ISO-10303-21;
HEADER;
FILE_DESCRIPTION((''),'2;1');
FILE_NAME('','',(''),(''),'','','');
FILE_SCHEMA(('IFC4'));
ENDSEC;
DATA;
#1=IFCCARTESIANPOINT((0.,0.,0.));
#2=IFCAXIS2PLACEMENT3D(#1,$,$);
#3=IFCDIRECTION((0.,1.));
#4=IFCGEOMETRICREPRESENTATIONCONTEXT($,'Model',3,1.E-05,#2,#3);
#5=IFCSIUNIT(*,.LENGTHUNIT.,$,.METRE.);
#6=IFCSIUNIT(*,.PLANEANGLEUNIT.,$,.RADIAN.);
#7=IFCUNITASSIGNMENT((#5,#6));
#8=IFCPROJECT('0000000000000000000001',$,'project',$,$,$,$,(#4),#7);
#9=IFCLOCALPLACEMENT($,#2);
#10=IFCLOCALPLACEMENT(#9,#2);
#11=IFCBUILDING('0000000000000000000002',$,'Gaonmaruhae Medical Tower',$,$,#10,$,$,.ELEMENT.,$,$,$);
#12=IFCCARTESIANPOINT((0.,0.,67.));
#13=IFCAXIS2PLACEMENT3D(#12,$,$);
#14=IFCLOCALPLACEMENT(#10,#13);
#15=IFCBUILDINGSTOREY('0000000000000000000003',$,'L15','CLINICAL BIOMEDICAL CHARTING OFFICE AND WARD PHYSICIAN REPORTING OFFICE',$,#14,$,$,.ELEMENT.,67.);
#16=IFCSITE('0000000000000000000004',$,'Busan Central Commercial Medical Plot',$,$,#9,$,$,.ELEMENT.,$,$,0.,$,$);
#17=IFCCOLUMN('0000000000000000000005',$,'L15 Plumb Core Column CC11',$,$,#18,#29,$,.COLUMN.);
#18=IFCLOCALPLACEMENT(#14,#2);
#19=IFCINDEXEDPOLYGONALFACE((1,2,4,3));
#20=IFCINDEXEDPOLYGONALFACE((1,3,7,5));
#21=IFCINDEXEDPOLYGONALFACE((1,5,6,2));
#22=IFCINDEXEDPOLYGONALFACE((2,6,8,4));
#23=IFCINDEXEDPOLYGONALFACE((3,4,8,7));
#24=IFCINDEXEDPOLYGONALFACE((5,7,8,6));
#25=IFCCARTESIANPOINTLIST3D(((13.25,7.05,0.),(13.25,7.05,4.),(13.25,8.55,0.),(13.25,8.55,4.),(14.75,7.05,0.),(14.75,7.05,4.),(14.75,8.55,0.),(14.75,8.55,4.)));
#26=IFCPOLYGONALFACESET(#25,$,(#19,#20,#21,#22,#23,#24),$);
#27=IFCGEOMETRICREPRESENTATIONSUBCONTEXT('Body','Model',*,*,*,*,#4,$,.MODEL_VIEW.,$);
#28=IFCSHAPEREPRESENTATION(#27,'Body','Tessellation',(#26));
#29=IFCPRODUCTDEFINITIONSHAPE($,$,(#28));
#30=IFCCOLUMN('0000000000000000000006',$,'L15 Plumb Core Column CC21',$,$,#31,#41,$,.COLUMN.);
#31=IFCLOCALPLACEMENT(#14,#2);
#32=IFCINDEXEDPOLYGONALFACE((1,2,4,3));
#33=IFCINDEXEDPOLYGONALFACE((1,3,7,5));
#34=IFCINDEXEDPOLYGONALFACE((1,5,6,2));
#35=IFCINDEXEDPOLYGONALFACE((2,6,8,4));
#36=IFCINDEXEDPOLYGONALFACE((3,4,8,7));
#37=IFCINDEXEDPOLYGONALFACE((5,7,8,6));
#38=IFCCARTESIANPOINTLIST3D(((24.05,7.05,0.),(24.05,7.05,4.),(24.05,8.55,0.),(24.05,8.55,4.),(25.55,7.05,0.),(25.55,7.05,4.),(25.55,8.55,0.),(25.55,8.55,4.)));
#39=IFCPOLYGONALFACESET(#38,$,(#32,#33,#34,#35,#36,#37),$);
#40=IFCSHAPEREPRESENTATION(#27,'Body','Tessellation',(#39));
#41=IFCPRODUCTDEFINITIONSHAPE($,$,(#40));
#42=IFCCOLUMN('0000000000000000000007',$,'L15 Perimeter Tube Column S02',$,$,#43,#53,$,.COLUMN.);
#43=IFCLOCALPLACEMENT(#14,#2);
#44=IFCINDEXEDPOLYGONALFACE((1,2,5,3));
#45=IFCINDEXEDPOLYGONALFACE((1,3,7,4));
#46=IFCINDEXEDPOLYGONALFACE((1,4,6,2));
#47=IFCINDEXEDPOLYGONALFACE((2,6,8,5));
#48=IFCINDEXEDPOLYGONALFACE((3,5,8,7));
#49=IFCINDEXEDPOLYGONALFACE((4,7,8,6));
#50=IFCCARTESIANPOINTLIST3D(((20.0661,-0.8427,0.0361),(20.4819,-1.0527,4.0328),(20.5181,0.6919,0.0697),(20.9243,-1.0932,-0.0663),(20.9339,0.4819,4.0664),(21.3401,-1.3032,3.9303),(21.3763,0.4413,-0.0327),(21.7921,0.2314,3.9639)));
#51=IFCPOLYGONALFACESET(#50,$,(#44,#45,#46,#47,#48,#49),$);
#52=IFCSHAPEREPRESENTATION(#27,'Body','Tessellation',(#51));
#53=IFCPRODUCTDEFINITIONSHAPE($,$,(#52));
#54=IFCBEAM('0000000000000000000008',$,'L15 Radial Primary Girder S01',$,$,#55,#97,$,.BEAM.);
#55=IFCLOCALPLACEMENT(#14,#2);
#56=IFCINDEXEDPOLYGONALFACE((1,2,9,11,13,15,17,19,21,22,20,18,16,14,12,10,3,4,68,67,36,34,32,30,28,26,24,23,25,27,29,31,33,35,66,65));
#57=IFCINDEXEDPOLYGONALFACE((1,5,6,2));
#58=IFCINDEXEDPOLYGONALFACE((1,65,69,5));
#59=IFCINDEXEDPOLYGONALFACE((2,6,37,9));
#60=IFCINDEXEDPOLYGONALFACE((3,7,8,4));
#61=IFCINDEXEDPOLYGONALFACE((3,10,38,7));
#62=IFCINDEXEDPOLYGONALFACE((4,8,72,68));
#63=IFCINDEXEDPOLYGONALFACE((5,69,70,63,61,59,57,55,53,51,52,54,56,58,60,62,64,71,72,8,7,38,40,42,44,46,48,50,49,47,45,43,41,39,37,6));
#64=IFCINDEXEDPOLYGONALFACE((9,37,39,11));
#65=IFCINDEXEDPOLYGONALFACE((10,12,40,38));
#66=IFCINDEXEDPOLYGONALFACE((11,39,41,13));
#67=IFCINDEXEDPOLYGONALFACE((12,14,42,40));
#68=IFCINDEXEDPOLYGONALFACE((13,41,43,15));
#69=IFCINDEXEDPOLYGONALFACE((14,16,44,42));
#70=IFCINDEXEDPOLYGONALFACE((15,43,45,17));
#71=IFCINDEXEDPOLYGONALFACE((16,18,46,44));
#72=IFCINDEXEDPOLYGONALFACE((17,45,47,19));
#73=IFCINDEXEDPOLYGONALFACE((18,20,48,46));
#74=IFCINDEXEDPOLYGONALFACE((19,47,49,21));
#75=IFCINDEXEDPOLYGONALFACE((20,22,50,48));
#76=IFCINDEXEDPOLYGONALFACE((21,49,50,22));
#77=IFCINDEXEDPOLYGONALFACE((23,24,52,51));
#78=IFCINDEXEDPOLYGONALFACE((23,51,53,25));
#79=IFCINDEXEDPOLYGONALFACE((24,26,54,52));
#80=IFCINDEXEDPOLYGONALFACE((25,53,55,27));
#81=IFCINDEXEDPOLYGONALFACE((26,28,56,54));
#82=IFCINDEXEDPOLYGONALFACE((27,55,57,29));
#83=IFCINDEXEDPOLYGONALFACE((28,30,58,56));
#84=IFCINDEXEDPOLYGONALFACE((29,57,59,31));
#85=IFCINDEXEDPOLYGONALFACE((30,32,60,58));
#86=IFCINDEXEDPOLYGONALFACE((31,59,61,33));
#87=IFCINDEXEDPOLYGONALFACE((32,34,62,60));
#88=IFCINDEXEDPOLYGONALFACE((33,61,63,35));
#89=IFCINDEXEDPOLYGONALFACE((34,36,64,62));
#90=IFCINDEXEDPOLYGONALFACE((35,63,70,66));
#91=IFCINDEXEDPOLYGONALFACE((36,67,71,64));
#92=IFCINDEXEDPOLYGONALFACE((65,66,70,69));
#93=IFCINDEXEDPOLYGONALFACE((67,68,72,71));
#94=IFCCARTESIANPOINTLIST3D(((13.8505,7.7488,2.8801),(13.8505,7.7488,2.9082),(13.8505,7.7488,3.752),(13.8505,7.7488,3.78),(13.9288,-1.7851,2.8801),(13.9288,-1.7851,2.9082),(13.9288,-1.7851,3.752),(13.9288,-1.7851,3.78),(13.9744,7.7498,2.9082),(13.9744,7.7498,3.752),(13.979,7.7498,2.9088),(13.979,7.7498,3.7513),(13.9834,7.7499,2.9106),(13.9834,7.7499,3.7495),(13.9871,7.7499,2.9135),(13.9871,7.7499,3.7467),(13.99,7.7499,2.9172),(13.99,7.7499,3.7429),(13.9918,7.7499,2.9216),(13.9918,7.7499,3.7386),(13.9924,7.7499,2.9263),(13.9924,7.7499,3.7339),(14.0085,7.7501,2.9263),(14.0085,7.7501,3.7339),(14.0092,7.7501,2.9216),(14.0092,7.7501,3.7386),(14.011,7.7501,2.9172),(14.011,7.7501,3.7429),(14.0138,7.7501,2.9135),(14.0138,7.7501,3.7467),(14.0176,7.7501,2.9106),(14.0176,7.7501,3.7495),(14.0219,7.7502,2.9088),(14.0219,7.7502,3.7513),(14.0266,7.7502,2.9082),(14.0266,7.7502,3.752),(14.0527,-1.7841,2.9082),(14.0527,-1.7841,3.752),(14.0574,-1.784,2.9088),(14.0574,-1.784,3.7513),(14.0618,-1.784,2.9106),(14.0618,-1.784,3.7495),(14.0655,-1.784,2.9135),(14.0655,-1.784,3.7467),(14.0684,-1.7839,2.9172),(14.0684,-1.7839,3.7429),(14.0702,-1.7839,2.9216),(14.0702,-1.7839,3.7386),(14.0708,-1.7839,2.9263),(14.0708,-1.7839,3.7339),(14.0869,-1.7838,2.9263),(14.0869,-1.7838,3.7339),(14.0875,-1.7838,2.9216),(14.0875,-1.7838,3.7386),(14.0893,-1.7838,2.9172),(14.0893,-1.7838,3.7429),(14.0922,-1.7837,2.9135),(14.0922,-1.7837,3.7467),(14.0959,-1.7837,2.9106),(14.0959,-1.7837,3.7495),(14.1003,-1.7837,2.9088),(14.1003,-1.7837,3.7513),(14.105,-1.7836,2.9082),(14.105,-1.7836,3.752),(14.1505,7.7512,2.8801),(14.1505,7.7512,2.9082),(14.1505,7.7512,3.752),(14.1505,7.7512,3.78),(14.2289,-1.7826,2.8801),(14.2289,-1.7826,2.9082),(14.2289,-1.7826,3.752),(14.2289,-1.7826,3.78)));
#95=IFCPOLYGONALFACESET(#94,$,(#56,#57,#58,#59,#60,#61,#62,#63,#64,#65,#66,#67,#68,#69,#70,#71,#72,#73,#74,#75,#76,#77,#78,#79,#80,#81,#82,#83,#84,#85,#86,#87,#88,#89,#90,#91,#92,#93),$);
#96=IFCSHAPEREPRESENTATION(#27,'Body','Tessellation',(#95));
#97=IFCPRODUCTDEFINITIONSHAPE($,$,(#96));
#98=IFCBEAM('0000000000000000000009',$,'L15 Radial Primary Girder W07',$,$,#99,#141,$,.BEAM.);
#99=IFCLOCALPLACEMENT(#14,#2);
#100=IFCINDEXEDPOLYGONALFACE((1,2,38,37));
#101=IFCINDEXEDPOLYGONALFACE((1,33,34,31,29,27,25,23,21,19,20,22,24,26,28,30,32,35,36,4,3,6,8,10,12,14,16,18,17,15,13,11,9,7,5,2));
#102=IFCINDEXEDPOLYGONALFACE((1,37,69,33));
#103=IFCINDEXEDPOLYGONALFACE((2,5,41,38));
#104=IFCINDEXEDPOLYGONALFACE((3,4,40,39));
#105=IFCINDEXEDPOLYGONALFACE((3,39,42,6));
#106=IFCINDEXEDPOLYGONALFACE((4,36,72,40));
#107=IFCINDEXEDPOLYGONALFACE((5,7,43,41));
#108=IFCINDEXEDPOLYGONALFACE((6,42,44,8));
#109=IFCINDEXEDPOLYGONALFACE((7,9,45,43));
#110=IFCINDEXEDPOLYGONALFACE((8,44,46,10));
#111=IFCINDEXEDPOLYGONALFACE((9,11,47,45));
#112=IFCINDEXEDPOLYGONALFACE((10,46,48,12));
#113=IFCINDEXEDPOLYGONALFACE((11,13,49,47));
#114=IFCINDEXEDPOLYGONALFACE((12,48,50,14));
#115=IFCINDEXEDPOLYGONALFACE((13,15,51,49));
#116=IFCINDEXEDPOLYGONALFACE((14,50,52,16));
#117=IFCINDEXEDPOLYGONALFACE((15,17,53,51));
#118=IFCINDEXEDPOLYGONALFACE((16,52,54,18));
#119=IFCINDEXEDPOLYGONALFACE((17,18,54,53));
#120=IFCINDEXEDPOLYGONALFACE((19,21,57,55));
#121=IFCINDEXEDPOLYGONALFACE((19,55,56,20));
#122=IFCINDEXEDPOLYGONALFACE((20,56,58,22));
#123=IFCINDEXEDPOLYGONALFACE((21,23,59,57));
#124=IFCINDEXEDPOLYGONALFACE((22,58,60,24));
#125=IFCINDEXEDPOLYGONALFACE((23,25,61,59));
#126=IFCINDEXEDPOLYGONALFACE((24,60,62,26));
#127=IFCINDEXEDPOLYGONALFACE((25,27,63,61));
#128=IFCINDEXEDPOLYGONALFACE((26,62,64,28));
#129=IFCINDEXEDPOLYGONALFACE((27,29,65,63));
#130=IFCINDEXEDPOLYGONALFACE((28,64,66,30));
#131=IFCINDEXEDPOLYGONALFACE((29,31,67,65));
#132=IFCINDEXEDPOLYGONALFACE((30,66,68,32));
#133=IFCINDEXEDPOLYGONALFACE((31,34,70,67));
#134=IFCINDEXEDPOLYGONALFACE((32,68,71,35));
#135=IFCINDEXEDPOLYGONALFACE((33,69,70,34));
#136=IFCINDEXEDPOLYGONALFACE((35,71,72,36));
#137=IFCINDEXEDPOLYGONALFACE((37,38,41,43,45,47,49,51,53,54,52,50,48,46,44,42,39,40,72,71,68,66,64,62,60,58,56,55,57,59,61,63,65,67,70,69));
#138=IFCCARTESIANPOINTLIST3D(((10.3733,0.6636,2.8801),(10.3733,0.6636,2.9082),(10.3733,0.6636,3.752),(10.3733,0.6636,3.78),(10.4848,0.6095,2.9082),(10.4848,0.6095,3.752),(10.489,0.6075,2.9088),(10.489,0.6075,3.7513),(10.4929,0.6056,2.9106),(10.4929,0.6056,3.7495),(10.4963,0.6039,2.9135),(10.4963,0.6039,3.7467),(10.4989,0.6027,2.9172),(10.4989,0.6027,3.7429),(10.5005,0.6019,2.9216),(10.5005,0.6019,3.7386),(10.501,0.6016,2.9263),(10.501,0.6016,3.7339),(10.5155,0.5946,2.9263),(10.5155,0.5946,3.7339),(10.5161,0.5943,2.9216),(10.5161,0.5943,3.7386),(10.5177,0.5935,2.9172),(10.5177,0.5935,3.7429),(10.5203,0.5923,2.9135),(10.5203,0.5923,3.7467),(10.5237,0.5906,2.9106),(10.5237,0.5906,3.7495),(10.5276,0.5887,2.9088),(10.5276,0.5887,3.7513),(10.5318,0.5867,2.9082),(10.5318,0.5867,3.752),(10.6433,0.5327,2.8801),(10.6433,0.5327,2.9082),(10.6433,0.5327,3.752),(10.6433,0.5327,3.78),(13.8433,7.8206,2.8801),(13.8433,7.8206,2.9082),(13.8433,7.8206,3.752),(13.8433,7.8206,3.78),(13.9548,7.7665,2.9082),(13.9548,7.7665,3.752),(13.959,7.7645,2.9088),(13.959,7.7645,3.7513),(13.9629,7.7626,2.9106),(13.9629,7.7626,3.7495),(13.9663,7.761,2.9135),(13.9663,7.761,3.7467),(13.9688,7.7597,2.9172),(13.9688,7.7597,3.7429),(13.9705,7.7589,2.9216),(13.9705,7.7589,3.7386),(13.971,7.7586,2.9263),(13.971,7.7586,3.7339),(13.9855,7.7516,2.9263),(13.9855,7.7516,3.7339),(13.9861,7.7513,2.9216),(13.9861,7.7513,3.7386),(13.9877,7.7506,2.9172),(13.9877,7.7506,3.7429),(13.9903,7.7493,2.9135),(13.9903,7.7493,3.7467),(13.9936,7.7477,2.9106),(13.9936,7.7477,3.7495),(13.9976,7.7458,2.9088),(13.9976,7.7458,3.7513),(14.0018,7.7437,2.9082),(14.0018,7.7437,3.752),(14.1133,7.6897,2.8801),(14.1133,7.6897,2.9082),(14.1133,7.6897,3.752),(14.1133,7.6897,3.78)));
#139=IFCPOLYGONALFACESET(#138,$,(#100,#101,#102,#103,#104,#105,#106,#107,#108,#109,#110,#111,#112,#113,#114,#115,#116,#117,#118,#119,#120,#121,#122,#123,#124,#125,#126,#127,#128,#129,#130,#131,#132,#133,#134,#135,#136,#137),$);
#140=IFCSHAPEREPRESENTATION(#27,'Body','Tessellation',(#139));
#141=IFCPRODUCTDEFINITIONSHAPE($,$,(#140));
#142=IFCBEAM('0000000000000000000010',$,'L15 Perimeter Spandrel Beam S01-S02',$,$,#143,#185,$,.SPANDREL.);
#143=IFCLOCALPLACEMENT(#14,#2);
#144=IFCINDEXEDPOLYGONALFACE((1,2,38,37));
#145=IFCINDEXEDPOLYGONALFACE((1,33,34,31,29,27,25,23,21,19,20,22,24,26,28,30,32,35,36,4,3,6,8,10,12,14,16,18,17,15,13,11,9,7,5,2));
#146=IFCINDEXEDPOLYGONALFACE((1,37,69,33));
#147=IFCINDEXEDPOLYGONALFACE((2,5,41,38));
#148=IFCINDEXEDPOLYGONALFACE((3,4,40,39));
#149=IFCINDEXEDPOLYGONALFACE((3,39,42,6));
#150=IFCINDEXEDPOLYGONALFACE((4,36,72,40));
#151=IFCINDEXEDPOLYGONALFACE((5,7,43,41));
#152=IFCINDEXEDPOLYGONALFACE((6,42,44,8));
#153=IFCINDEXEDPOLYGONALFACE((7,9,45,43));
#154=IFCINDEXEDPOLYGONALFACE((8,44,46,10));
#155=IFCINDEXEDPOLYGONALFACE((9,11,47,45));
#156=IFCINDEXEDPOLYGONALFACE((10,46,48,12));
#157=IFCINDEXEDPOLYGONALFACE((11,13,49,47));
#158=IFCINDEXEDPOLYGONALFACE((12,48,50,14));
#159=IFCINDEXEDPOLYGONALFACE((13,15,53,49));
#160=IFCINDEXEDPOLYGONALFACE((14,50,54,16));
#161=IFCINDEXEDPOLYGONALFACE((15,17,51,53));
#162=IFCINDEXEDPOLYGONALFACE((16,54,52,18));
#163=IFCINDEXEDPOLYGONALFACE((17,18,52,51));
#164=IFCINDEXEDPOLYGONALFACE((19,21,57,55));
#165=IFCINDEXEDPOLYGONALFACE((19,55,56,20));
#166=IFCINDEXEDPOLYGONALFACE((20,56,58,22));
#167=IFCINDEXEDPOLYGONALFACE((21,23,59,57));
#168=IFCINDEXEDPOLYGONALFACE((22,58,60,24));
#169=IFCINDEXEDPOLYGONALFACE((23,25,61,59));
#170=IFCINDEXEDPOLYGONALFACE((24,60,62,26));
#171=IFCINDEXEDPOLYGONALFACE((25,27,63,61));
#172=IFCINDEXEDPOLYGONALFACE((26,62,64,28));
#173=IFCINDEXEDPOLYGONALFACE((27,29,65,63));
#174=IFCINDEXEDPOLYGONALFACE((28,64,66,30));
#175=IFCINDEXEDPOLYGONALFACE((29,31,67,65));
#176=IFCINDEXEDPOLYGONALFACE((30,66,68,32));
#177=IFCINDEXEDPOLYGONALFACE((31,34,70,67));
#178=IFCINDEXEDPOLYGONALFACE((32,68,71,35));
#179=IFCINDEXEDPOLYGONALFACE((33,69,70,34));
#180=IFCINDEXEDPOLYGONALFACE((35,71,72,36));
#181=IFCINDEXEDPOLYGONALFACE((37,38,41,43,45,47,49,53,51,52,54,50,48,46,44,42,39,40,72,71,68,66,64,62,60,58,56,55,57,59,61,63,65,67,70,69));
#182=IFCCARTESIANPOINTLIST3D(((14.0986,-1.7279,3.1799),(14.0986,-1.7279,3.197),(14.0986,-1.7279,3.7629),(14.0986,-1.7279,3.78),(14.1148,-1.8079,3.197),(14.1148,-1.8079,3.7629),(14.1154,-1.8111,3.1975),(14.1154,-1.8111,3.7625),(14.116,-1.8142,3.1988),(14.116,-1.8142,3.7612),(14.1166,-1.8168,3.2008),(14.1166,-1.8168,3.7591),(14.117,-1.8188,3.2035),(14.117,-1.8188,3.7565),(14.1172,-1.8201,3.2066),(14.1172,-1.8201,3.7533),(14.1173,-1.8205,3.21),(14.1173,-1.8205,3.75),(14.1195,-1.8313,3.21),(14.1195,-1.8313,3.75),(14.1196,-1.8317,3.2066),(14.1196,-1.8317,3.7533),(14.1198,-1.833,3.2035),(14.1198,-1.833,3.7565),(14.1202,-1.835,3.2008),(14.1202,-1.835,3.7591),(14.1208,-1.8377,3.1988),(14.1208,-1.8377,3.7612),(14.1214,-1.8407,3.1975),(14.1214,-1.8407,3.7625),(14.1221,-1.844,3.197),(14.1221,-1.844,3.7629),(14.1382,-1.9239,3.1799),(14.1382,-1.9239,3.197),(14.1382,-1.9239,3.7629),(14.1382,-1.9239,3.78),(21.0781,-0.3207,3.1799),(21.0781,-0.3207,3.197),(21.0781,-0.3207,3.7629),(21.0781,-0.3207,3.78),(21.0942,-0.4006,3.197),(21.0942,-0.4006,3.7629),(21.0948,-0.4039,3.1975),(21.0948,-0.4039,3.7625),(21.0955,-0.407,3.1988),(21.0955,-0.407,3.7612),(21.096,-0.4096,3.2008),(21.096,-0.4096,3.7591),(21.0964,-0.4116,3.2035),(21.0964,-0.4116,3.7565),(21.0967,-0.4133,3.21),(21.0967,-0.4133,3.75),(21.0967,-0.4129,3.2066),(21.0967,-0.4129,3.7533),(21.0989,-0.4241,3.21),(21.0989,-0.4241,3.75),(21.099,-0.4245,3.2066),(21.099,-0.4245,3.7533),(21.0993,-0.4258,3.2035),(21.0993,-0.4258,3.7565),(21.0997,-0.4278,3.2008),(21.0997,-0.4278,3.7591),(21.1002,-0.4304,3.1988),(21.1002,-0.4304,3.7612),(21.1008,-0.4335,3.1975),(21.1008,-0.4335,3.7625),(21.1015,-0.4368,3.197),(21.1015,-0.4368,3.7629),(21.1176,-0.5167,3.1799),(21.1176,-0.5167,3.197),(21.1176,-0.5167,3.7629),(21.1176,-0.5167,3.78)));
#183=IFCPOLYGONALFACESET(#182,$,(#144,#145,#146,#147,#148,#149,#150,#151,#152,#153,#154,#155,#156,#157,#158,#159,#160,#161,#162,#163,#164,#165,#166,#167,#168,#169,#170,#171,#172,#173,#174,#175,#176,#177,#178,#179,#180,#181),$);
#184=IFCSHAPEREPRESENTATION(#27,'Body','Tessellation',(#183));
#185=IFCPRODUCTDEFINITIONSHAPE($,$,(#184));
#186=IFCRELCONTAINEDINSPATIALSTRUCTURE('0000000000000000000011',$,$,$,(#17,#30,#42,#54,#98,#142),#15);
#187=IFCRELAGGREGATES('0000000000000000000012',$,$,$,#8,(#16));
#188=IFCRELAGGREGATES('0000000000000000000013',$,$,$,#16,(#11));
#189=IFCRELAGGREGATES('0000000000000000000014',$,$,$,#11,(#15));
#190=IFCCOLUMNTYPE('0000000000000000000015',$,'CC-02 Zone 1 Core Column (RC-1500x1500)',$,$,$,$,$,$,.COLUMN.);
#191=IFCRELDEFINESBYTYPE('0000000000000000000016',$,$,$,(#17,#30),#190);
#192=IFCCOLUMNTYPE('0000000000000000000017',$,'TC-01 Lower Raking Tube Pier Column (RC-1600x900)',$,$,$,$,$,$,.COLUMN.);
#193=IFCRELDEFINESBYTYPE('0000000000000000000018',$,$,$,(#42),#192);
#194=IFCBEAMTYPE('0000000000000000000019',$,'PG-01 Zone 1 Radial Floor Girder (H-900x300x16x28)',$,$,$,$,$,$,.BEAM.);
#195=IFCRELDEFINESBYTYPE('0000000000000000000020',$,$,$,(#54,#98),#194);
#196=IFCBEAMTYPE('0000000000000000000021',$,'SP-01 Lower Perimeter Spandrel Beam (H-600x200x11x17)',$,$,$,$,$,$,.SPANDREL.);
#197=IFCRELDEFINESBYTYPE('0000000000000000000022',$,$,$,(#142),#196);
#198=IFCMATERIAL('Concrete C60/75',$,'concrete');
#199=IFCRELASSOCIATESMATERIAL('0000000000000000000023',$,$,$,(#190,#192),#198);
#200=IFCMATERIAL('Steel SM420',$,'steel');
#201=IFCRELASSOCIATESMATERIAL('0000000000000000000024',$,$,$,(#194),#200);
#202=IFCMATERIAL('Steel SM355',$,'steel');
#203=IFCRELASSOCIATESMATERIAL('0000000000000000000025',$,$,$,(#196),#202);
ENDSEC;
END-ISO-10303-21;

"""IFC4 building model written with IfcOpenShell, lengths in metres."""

from ifc_helpers import new_model, si_unit, direction, frame, origin, origin_2d, place, context, subcontext, project, spatial, rectangle, i_section, extrude, material, material_profile, profile_set, type_object, element, save


model = new_model("IFC4")

# Units and contexts
model_context = context("Model", 3, precision=1e-05, world=origin(), true_north=direction((0.0, 1.0)))
body_context = subcontext(model_context, "Body", "Model", "MODEL_VIEW")
ifc_project = project(units=[si_unit("LENGTHUNIT", "METRE"), si_unit("PLANEANGLEUNIT", "RADIAN")], contexts=[model_context])

# Site, building, storey
site_placement = place(None, origin())
site = spatial("IfcSite", under=ifc_project, at=site_placement, Name="Busan Central Commercial Medical Plot", CompositionType="ELEMENT", RefElevation=0.0)
building_placement = place(site_placement, origin())
building = spatial("IfcBuilding", under=site, at=building_placement, Name="Gaonmaruhae Medical Tower", CompositionType="ELEMENT")
storey_placement = place(building_placement, frame((0.0, 0.0, 67.0)))
storey = spatial("IfcBuildingStorey", under=building, at=storey_placement, Name="L15", Description="CLINICAL BIOMEDICAL CHARTING OFFICE AND WARD PHYSICIAN REPORTING OFFICE", CompositionType="ELEMENT", Elevation=67.0)

# Columns
ifc_material_1 = material(Name="Concrete C60/75", Category="concrete")
ifc_material_profile_1 = material_profile(ifc_material_1, rectangle(XDim=1.5, YDim=1.5, at=origin_2d()), Name="RC-1500x1500")
ifc_profile_set_1 = profile_set([ifc_material_profile_1], Name="Concrete C60/75")
column_type_1 = type_object("IfcColumnType", Name="CC-02 Zone 1 Core Column (RC-1500x1500)", PredefinedType="COLUMN", material=ifc_profile_set_1)
for number, where, z_axis, x_axis, name in (
    (1, (14.0, 7.8, 0.0), (0.0, 0.0, 1.0), (1.0, 0.0, 0.0), "L15 Plumb Core Column CC11"),
    (2, (24.8, 7.8, 0.0), (0.0, 0.0, 1.0), (1.0, 0.0, 0.0), "L15 Plumb Core Column CC21"),
):
    element("IfcColumn", number, at=place(storey_placement, frame(where, z_axis=z_axis, x_axis=x_axis)), inside=storey, type_object=column_type_1, Name=name, PredefinedType="COLUMN", context=body_context, shape_type="SweptSolid", body=[
        extrude(rectangle(XDim=1.5, YDim=1.5, at=origin_2d()), origin(), (0.0, 0.0, 1.0), 4.0),
    ])
ifc_material_profile_2 = material_profile(ifc_material_1, rectangle(XDim=1.6001, YDim=0.8999, at=origin_2d()), Name="RC-1600x900")
ifc_profile_set_2 = profile_set([ifc_material_profile_2], Name="Concrete C60/75")
column_type_2 = type_object("IfcColumnType", Name="TC-01 Lower Raking Tube Pier Column (RC-1600x900)", PredefinedType="COLUMN", material=ifc_profile_set_2)
column_placement = place(storey_placement, frame((20.7212, -0.2007, 0.0017), z_axis=(0.103332, -0.052182, 0.993277), x_axis=(0.282482, 0.959043, 0.020996)))
element("IfcColumn", 3, at=column_placement, inside=storey, type_object=column_type_2, Name="L15 Perimeter Tube Column S02", PredefinedType="COLUMN", context=body_context, shape_type="SweptSolid", body=[
    extrude(rectangle(XDim=1.6001, YDim=0.8999, at=origin_2d()), origin(), (0.0, 0.0, 1.0), 4.0237),
])

# Beams
ifc_material_2 = material(Name="Steel SM420", Category="steel")
ifc_material_profile_3 = material_profile(ifc_material_2, i_section(OverallWidth=0.3, OverallDepth=0.8999, WebThickness=0.0161, FlangeThickness=0.0281, FilletRadius=0.0181, at=origin_2d()), Name="H-900x300x16x28")
ifc_profile_set_3 = profile_set([ifc_material_profile_3], Name="Steel SM420")
beam_type_1 = type_object("IfcBeamType", Name="PG-01 Zone 1 Radial Floor Girder (H-900x300x16x28)", PredefinedType="BEAM", material=ifc_profile_set_3)
beam_1_placement = place(storey_placement, frame((14.0005, 7.75, 3.3301), z_axis=(0.00822, -0.999966, 0.0), x_axis=(0.999966, 0.00822, 0.0)))
element("IfcBeam", 4, at=beam_1_placement, inside=storey, type_object=beam_type_1, Name="L15 Radial Primary Girder S01", PredefinedType="BEAM", context=body_context, shape_type="SweptSolid", body=[
    extrude(i_section(OverallWidth=0.3, OverallDepth=0.8999, WebThickness=0.0161, FlangeThickness=0.0281, FilletRadius=0.0181, at=origin_2d()), origin(), (0.0, 0.0, 1.0), 9.5342),
])
beam_2_placement = place(storey_placement, frame((13.9783, 7.7551, 3.3301), z_axis=(-0.436265, -0.899818, 0.0), x_axis=(0.899818, -0.436265, 0.0)))
element("IfcBeam", 5, at=beam_2_placement, inside=storey, type_object=beam_type_1, Name="L15 Radial Primary Girder W07", PredefinedType="BEAM", context=body_context, shape_type="SweptSolid", body=[
    extrude(i_section(OverallWidth=0.3, OverallDepth=0.8999, WebThickness=0.0161, FlangeThickness=0.0281, FilletRadius=0.0181, at=origin_2d()), origin(), (0.0, 0.0, 1.0), 7.9539),
])
ifc_material_3 = material(Name="Steel SM355", Category="steel")
ifc_material_profile_4 = material_profile(ifc_material_3, i_section(OverallWidth=0.2, OverallDepth=0.6001, WebThickness=0.011, FlangeThickness=0.0171, FilletRadius=0.0129, at=origin_2d()), Name="H-600x200x11x17")
ifc_profile_set_4 = profile_set([ifc_material_profile_4], Name="Steel SM355")
beam_type_2 = type_object("IfcBeamType", Name="SP-01 Lower Perimeter Spandrel Beam (H-600x200x11x17)", PredefinedType="SPANDREL", material=ifc_profile_set_4)
for number, where, z_axis, x_axis, name in (
    (6, (14.1184, -1.8259, 3.48), (0.980274, 0.197646, 0.0), (-0.197646, 0.980274, 0.0), "L15 Perimeter Spandrel Beam S01-S02"),
):
    element("IfcBeam", number, at=place(storey_placement, frame(where, z_axis=z_axis, x_axis=x_axis)), inside=storey, type_object=beam_type_2, Name=name, PredefinedType="SPANDREL", context=body_context, shape_type="SweptSolid", body=[
        extrude(i_section(OverallWidth=0.2, OverallDepth=0.6001, WebThickness=0.011, FlangeThickness=0.0171, FilletRadius=0.0129, at=origin_2d()), origin(), (0.0, 0.0, 1.0), 7.1199),
    ])

save(model, "model.ifc")
